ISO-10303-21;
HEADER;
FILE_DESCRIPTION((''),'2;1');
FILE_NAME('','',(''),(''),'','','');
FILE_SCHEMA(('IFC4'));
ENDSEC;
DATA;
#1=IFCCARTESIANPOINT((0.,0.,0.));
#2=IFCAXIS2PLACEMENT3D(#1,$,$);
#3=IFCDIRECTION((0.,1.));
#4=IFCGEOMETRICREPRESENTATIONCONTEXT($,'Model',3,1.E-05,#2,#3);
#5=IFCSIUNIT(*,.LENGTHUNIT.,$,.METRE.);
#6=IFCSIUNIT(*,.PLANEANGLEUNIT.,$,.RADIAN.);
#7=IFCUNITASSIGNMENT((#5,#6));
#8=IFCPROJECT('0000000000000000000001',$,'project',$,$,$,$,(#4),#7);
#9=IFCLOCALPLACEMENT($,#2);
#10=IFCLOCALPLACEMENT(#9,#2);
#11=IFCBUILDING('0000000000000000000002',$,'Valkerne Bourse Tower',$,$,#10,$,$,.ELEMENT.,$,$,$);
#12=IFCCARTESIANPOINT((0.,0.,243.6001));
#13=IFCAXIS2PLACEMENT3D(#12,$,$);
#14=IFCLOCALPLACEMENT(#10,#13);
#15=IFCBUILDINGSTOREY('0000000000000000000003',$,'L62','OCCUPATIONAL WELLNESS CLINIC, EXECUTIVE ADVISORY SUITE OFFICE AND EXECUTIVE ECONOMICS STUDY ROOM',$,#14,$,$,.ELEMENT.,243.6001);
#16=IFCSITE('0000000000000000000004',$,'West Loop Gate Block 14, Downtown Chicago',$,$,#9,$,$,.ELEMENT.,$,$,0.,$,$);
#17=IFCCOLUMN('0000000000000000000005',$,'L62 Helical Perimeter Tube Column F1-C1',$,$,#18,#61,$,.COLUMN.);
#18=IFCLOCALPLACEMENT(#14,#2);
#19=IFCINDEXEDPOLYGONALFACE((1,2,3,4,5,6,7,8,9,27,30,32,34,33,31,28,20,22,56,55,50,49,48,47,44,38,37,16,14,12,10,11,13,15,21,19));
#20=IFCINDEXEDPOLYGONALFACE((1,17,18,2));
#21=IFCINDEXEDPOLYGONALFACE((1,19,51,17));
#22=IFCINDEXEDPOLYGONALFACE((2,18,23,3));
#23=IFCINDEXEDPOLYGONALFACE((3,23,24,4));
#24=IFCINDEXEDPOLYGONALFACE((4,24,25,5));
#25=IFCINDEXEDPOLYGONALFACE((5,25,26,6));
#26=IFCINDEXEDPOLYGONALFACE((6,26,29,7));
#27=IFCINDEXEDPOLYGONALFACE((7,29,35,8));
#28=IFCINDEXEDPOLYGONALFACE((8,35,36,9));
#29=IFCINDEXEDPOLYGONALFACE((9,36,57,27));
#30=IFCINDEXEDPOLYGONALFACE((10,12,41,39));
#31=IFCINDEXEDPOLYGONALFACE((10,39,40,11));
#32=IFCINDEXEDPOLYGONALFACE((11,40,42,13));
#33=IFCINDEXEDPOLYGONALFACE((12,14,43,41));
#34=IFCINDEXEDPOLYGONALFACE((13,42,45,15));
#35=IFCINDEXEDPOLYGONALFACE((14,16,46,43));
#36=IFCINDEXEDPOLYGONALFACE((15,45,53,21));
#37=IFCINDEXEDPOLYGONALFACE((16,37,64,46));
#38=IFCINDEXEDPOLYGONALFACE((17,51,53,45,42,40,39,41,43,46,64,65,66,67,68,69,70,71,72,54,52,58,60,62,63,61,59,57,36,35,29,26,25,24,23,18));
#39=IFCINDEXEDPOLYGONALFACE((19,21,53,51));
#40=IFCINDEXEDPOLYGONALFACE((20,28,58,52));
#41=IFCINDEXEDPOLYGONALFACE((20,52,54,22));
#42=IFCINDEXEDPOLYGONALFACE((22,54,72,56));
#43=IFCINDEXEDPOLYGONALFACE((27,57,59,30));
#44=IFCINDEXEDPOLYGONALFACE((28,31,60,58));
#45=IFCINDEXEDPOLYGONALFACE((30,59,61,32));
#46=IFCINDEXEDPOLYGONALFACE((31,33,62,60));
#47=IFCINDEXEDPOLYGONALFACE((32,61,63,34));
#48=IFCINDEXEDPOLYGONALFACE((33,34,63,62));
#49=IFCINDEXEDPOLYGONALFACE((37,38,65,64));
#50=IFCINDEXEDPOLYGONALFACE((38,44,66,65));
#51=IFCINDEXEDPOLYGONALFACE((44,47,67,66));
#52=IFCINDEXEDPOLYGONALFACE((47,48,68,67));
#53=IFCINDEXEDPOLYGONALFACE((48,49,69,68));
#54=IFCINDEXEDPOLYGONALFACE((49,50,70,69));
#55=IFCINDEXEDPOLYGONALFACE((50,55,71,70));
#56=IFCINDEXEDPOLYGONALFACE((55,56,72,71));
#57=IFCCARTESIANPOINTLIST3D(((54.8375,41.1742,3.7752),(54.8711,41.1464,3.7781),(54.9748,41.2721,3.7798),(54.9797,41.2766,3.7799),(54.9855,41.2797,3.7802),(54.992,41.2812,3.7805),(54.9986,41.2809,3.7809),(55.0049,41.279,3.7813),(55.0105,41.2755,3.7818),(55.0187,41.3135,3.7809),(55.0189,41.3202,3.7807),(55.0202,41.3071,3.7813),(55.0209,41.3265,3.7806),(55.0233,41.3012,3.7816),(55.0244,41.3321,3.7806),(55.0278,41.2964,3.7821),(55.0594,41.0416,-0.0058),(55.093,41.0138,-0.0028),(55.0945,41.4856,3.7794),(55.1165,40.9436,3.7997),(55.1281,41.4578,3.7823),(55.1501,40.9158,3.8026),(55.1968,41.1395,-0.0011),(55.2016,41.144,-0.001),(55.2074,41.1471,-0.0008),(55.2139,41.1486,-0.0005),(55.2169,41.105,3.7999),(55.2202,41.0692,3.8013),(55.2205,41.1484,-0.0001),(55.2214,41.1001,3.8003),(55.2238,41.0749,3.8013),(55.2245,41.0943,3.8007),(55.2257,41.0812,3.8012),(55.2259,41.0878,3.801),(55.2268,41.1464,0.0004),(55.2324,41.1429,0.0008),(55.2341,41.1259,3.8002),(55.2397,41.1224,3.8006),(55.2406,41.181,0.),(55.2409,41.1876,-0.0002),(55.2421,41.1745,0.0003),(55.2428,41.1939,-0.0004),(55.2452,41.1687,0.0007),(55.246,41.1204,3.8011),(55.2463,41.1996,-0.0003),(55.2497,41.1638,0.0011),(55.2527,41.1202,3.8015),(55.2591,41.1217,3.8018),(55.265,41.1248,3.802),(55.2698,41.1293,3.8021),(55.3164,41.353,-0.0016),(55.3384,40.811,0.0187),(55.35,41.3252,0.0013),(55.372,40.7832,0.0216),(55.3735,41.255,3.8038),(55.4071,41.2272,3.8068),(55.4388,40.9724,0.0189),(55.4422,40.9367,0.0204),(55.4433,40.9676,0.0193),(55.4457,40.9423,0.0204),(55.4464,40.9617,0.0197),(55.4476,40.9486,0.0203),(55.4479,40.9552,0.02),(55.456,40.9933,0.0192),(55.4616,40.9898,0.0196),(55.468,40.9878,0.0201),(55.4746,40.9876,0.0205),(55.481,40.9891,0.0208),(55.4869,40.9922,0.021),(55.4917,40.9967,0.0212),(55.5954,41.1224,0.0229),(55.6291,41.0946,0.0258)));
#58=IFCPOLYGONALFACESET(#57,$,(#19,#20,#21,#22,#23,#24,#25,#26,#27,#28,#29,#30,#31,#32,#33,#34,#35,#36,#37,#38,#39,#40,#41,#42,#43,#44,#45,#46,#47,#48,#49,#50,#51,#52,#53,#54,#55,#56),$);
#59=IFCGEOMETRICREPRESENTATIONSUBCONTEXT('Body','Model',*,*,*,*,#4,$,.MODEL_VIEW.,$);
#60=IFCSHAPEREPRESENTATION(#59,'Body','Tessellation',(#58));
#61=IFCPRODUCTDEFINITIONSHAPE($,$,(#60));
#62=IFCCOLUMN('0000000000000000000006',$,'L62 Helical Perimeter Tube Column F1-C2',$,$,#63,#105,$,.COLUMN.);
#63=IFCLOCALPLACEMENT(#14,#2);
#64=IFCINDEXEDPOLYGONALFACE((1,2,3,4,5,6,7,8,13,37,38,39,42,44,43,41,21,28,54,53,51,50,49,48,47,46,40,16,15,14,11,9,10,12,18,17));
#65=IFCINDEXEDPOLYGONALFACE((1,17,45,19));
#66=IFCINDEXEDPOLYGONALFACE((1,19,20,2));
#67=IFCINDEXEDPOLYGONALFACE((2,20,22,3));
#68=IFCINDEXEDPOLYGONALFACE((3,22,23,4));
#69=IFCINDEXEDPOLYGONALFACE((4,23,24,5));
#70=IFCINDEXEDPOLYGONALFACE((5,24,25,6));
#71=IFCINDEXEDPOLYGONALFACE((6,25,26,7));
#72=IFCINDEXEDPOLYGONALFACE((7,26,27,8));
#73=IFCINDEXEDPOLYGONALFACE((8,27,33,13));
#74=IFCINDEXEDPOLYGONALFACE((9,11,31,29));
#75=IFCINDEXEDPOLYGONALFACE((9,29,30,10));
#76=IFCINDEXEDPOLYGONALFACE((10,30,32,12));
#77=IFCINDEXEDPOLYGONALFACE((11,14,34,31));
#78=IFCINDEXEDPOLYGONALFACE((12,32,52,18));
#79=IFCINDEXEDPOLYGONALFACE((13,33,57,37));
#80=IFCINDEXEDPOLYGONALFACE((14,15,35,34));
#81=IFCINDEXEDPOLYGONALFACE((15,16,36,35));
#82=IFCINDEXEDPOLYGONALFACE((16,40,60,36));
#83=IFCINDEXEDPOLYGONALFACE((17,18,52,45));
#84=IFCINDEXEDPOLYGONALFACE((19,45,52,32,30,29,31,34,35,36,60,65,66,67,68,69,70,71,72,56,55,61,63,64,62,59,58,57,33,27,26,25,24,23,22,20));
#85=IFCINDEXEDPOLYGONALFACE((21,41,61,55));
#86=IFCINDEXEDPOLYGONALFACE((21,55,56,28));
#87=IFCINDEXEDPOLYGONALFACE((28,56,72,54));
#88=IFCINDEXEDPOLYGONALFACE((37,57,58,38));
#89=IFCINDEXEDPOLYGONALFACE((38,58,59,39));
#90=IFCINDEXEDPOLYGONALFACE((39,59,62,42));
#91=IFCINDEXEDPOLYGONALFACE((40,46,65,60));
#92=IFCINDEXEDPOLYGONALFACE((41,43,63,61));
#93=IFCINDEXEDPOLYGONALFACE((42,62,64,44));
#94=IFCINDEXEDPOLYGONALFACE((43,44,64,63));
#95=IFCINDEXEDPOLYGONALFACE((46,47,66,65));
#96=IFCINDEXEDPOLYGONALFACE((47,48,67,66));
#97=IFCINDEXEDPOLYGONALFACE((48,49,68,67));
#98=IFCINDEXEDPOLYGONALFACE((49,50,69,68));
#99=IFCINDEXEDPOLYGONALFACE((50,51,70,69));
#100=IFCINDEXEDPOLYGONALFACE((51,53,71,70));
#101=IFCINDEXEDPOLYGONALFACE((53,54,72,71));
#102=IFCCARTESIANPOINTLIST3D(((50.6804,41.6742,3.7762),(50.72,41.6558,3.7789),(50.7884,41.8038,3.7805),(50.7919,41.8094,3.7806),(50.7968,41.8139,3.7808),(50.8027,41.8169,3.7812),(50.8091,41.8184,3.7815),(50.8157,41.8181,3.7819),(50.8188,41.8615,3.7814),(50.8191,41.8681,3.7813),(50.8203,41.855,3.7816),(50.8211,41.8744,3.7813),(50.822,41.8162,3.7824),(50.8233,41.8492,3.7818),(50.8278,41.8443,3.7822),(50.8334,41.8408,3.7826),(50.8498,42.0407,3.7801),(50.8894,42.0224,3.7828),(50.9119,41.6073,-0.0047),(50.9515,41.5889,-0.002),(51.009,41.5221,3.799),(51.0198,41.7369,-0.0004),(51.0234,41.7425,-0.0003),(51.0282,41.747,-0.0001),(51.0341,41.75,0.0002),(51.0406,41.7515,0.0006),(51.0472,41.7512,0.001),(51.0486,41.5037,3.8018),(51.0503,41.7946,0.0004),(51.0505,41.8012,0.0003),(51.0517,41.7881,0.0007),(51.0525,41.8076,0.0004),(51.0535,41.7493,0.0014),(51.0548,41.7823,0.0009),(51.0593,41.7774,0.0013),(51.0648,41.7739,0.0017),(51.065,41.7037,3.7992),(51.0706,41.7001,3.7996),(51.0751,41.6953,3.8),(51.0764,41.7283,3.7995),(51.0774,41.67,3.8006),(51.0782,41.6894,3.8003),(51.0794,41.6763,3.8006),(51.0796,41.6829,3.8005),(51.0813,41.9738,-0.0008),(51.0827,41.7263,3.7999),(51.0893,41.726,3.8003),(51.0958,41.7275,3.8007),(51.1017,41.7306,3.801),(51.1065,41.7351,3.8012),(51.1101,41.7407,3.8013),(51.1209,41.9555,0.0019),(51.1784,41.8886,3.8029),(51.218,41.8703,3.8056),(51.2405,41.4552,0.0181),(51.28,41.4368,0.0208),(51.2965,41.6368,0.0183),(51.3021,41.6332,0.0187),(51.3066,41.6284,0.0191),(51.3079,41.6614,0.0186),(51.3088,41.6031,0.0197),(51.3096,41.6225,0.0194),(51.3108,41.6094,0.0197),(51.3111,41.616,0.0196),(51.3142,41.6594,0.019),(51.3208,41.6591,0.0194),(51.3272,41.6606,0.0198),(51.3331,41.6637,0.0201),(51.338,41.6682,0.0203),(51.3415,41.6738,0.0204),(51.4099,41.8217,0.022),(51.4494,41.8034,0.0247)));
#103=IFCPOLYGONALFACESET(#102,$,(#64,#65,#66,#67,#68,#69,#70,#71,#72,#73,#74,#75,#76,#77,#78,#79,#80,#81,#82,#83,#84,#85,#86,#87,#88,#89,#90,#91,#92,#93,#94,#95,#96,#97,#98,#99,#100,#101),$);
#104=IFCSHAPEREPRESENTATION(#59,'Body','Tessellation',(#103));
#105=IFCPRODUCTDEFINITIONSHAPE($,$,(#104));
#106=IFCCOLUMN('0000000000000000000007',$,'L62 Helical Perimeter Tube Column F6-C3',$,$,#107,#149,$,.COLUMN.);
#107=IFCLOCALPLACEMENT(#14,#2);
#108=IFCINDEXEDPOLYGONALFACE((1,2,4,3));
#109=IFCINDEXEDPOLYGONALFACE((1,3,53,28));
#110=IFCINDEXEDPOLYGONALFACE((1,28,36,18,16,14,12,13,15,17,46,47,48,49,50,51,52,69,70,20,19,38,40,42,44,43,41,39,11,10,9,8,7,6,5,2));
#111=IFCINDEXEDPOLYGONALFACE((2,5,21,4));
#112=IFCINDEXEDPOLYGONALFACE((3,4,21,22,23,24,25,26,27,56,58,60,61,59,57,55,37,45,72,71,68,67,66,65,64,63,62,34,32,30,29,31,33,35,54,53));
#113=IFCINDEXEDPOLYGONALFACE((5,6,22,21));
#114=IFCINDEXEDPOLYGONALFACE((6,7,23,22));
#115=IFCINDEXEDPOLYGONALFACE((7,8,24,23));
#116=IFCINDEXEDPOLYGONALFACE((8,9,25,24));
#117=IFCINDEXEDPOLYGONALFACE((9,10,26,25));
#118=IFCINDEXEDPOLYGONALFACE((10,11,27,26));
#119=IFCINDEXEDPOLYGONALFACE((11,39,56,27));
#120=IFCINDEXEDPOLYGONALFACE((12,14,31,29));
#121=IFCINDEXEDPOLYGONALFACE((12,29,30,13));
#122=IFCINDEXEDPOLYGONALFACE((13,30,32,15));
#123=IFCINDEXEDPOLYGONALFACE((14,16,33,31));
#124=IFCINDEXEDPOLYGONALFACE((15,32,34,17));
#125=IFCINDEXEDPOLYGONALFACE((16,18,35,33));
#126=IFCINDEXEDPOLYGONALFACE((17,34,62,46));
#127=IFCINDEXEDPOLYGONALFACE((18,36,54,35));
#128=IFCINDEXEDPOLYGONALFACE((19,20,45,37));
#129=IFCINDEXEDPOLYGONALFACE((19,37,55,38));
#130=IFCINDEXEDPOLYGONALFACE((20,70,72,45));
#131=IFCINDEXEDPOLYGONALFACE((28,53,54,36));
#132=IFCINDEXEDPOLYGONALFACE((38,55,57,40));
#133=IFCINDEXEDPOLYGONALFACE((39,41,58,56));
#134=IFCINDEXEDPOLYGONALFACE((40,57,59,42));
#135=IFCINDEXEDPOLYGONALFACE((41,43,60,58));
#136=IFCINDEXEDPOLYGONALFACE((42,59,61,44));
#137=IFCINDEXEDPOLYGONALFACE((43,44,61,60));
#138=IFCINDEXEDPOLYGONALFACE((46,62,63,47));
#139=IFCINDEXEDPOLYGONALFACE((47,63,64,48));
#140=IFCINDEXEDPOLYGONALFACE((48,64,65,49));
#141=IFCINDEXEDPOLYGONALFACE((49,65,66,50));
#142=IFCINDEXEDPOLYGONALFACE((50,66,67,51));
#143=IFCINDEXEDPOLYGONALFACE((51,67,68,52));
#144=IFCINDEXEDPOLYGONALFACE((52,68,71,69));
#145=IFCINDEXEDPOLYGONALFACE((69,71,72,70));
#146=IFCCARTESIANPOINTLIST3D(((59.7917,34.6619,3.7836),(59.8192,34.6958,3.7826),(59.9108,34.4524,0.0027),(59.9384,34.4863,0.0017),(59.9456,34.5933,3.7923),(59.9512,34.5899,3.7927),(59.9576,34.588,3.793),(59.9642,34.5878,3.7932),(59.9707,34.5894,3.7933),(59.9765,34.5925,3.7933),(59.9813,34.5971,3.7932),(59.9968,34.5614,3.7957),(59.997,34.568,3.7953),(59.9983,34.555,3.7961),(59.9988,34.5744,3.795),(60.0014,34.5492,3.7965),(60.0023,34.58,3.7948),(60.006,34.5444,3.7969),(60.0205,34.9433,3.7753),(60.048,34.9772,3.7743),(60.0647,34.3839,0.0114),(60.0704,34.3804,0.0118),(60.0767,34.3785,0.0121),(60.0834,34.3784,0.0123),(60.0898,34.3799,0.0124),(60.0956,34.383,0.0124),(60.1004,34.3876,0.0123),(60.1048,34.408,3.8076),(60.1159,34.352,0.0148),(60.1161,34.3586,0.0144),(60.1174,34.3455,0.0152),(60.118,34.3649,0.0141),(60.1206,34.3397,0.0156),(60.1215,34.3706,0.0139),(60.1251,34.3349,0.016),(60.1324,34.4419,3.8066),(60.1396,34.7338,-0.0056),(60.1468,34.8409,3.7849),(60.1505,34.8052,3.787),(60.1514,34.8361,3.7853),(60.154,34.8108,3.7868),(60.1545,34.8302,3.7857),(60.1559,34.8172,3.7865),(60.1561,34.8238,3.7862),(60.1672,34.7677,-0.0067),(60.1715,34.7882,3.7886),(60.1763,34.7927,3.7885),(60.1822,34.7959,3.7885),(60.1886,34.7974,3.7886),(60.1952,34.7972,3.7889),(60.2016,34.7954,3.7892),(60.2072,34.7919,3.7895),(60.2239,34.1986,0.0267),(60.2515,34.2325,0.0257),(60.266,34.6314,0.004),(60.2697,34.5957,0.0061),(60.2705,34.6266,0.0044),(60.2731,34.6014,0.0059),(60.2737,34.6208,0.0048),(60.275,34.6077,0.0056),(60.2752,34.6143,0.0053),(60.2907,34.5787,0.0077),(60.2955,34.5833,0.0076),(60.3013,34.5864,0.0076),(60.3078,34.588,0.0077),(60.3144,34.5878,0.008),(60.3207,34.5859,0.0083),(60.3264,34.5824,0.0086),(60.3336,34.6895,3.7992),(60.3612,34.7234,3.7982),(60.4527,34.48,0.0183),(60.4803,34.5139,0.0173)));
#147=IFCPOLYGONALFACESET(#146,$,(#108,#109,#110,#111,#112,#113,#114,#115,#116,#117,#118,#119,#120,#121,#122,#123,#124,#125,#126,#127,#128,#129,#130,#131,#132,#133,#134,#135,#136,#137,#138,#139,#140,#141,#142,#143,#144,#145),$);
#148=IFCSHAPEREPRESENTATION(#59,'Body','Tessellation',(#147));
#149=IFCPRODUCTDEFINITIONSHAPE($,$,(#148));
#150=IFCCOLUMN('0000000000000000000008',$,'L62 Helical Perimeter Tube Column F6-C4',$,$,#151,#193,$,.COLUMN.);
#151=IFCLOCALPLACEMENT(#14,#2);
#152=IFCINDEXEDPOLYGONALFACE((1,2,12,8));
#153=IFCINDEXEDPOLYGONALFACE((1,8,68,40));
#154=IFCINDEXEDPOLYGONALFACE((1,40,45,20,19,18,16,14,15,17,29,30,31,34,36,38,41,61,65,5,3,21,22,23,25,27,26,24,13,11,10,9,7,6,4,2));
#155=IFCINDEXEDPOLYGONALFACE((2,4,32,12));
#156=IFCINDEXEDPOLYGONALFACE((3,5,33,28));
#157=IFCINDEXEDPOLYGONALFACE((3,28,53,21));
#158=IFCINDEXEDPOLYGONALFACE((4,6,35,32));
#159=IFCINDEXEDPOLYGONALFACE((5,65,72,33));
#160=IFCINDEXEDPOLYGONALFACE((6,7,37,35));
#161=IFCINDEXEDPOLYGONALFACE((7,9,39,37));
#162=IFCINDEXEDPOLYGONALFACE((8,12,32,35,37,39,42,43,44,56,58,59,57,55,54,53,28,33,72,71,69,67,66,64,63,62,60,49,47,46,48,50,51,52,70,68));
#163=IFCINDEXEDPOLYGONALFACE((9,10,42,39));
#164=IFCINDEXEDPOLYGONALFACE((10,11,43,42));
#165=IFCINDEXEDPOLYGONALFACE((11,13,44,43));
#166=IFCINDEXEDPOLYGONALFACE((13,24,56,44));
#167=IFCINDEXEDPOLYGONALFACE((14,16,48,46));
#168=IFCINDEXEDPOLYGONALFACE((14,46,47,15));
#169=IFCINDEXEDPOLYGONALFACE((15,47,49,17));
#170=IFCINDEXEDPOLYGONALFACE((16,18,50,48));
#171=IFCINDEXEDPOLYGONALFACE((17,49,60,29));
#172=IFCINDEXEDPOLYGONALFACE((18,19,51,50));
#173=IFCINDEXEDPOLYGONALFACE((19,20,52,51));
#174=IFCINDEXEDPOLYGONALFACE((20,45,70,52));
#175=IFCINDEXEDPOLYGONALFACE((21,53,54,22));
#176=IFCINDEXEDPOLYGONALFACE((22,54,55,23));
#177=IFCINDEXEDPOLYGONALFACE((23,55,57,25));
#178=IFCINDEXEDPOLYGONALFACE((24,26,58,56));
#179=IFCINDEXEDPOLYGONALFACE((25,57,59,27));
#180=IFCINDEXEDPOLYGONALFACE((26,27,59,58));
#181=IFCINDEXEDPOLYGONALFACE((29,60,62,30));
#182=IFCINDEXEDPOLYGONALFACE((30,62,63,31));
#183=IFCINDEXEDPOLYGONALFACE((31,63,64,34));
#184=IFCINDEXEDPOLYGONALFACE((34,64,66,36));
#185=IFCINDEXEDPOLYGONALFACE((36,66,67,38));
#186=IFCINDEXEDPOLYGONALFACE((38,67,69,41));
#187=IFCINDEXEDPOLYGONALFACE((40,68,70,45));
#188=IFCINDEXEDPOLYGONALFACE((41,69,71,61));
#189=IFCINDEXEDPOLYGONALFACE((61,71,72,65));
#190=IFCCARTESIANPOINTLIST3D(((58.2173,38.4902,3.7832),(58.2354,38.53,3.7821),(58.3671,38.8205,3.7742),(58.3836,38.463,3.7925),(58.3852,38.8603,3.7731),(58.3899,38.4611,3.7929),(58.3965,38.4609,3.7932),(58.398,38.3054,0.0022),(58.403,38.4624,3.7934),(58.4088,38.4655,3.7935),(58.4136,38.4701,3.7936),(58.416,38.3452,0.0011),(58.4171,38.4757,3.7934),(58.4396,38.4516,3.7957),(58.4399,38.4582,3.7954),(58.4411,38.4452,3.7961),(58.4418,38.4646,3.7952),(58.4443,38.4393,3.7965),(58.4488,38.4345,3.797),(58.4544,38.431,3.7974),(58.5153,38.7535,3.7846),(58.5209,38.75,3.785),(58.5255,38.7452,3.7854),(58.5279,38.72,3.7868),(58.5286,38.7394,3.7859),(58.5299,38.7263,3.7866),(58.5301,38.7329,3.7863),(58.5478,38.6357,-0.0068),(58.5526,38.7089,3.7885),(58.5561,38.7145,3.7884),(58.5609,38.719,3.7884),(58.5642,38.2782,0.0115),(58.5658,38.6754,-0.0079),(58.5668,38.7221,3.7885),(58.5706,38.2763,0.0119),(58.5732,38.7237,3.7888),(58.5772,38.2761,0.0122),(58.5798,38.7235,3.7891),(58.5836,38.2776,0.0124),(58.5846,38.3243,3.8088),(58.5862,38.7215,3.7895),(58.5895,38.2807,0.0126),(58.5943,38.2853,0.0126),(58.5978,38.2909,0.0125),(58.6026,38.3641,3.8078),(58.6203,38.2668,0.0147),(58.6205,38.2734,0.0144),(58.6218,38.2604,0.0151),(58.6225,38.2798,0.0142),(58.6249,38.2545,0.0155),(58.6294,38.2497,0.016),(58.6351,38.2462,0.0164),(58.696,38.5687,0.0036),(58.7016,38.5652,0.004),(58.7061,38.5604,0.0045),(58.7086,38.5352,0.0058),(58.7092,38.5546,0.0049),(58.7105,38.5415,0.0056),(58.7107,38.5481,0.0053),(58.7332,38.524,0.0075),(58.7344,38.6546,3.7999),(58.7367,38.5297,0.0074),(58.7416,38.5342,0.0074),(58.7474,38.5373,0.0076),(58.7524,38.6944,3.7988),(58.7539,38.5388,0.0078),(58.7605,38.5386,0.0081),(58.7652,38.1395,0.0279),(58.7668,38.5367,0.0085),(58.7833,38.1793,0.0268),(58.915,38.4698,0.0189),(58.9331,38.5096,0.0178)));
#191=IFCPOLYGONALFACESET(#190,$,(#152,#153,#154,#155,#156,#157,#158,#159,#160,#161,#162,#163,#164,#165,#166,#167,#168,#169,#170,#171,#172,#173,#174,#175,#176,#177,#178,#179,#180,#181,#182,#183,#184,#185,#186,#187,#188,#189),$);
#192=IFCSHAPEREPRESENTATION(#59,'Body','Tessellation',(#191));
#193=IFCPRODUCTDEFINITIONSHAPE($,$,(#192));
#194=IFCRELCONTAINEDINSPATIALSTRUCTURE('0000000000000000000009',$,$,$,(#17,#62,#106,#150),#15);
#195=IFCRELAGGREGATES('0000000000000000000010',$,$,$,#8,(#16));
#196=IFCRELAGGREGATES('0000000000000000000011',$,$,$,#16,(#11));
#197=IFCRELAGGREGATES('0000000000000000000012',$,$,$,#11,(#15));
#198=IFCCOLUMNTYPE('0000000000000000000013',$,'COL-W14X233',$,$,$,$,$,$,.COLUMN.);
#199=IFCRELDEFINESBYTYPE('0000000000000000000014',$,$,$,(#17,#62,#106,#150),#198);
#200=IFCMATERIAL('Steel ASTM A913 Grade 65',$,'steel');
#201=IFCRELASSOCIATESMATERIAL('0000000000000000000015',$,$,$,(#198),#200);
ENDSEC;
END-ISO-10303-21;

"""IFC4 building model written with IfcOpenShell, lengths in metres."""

from ifc_helpers import new_model, si_unit, direction, frame, origin, origin_2d, place, context, subcontext, project, spatial, i_section, extrude, material, material_profile, profile_set, type_object, element, save


model = new_model("IFC4")

# Units and contexts
model_context = context("Model", 3, precision=1e-05, world=origin(), true_north=direction((0.0, 1.0)))
body_context = subcontext(model_context, "Body", "Model", "MODEL_VIEW")
ifc_project = project(units=[si_unit("LENGTHUNIT", "METRE"), si_unit("PLANEANGLEUNIT", "RADIAN")], contexts=[model_context])

# Site, building, storey
site_placement = place(None, origin())
site = spatial("IfcSite", under=ifc_project, at=site_placement, Name="West Loop Gate Block 14, Downtown Chicago", CompositionType="ELEMENT", RefElevation=0.0)
building_placement = place(site_placement, origin())
building = spatial("IfcBuilding", under=site, at=building_placement, Name="Valkerne Bourse Tower", CompositionType="ELEMENT")
storey_placement = place(building_placement, frame((0.0, 0.0, 243.6001)))
storey = spatial("IfcBuildingStorey", under=building, at=storey_placement, Name="L62", Description="OCCUPATIONAL WELLNESS CLINIC, EXECUTIVE ADVISORY SUITE OFFICE AND EXECUTIVE ECONOMICS STUDY ROOM", CompositionType="ELEMENT", Elevation=243.6001)

# Columns
ifc_material_1 = material(Name="Steel ASTM A913 Grade 65", Category="steel")
ifc_material_profile_1 = material_profile(ifc_material_1, i_section(OverallWidth=0.4038, OverallDepth=0.4065, WebThickness=0.0271, FlangeThickness=0.0437, FilletRadius=0.0254, at=origin_2d()), Name="W14X233")
ifc_profile_set_1 = profile_set([ifc_material_profile_1], Name="Steel ASTM A913 Grade 65")
column_type = type_object("IfcColumnType", Name="COL-W14X233", PredefinedType="COLUMN", material=ifc_profile_set_1)
column_1_placement = place(storey_placement, frame((55.3442, 41.0681, 0.01), z_axis=(-0.058558, 0.03498, 0.997671), x_axis=(0.636481, 0.771223, 0.010318)))
element("IfcColumn", 1, at=column_1_placement, inside=storey, type_object=column_type, Name="L62 Helical Perimeter Tube Column F1-C1", PredefinedType="COLUMN", context=body_context, shape_type="SweptSolid", body=[
    extrude(i_section(OverallWidth=0.4038, OverallDepth=0.4065, WebThickness=0.0271, FlangeThickness=0.0437, FilletRadius=0.0254, at=origin_2d()), origin(), (0.0, 0.0, 1.0), 3.7898),
])
for number, where, z_axis, x_axis, name in (
    (2, (51.1807, 41.7053, 0.01), (-0.061089, 0.017656, 0.997976), (0.419488, 0.90771, 0.009619), "L62 Helical Perimeter Tube Column F1-C2"),
    (3, (60.1956, 34.4832, 0.01), (-0.031446, 0.055289, 0.997975), (0.77544, -0.628634, 0.059261), "L62 Helical Perimeter Tube Column F6-C3"),
):
    element("IfcColumn", number, at=place(storey_placement, frame(where, z_axis=z_axis, x_axis=x_axis)), inside=storey, type_object=column_type, Name=name, PredefinedType="COLUMN", context=body_context, shape_type="SweptSolid", body=[
        extrude(i_section(OverallWidth=0.4038, OverallDepth=0.4065, WebThickness=0.0271, FlangeThickness=0.0437, FilletRadius=0.0254, at=origin_2d()), origin(), (0.0, 0.0, 1.0), 3.7886),
    ])
column_2_placement = place(storey_placement, frame((58.6655, 38.4075, 0.01), z_axis=(-0.047671, 0.048766, 0.997672), x_axis=(0.909523, -0.410768, 0.063537)))
element("IfcColumn", 4, at=column_2_placement, inside=storey, type_object=column_type, Name="L62 Helical Perimeter Tube Column F6-C4", PredefinedType="COLUMN", context=body_context, shape_type="SweptSolid", body=[
    extrude(i_section(OverallWidth=0.4038, OverallDepth=0.4065, WebThickness=0.0271, FlangeThickness=0.0437, FilletRadius=0.0254, at=origin_2d()), origin(), (0.0, 0.0, 1.0), 3.7898),
])

save(model, "model.ifc")
